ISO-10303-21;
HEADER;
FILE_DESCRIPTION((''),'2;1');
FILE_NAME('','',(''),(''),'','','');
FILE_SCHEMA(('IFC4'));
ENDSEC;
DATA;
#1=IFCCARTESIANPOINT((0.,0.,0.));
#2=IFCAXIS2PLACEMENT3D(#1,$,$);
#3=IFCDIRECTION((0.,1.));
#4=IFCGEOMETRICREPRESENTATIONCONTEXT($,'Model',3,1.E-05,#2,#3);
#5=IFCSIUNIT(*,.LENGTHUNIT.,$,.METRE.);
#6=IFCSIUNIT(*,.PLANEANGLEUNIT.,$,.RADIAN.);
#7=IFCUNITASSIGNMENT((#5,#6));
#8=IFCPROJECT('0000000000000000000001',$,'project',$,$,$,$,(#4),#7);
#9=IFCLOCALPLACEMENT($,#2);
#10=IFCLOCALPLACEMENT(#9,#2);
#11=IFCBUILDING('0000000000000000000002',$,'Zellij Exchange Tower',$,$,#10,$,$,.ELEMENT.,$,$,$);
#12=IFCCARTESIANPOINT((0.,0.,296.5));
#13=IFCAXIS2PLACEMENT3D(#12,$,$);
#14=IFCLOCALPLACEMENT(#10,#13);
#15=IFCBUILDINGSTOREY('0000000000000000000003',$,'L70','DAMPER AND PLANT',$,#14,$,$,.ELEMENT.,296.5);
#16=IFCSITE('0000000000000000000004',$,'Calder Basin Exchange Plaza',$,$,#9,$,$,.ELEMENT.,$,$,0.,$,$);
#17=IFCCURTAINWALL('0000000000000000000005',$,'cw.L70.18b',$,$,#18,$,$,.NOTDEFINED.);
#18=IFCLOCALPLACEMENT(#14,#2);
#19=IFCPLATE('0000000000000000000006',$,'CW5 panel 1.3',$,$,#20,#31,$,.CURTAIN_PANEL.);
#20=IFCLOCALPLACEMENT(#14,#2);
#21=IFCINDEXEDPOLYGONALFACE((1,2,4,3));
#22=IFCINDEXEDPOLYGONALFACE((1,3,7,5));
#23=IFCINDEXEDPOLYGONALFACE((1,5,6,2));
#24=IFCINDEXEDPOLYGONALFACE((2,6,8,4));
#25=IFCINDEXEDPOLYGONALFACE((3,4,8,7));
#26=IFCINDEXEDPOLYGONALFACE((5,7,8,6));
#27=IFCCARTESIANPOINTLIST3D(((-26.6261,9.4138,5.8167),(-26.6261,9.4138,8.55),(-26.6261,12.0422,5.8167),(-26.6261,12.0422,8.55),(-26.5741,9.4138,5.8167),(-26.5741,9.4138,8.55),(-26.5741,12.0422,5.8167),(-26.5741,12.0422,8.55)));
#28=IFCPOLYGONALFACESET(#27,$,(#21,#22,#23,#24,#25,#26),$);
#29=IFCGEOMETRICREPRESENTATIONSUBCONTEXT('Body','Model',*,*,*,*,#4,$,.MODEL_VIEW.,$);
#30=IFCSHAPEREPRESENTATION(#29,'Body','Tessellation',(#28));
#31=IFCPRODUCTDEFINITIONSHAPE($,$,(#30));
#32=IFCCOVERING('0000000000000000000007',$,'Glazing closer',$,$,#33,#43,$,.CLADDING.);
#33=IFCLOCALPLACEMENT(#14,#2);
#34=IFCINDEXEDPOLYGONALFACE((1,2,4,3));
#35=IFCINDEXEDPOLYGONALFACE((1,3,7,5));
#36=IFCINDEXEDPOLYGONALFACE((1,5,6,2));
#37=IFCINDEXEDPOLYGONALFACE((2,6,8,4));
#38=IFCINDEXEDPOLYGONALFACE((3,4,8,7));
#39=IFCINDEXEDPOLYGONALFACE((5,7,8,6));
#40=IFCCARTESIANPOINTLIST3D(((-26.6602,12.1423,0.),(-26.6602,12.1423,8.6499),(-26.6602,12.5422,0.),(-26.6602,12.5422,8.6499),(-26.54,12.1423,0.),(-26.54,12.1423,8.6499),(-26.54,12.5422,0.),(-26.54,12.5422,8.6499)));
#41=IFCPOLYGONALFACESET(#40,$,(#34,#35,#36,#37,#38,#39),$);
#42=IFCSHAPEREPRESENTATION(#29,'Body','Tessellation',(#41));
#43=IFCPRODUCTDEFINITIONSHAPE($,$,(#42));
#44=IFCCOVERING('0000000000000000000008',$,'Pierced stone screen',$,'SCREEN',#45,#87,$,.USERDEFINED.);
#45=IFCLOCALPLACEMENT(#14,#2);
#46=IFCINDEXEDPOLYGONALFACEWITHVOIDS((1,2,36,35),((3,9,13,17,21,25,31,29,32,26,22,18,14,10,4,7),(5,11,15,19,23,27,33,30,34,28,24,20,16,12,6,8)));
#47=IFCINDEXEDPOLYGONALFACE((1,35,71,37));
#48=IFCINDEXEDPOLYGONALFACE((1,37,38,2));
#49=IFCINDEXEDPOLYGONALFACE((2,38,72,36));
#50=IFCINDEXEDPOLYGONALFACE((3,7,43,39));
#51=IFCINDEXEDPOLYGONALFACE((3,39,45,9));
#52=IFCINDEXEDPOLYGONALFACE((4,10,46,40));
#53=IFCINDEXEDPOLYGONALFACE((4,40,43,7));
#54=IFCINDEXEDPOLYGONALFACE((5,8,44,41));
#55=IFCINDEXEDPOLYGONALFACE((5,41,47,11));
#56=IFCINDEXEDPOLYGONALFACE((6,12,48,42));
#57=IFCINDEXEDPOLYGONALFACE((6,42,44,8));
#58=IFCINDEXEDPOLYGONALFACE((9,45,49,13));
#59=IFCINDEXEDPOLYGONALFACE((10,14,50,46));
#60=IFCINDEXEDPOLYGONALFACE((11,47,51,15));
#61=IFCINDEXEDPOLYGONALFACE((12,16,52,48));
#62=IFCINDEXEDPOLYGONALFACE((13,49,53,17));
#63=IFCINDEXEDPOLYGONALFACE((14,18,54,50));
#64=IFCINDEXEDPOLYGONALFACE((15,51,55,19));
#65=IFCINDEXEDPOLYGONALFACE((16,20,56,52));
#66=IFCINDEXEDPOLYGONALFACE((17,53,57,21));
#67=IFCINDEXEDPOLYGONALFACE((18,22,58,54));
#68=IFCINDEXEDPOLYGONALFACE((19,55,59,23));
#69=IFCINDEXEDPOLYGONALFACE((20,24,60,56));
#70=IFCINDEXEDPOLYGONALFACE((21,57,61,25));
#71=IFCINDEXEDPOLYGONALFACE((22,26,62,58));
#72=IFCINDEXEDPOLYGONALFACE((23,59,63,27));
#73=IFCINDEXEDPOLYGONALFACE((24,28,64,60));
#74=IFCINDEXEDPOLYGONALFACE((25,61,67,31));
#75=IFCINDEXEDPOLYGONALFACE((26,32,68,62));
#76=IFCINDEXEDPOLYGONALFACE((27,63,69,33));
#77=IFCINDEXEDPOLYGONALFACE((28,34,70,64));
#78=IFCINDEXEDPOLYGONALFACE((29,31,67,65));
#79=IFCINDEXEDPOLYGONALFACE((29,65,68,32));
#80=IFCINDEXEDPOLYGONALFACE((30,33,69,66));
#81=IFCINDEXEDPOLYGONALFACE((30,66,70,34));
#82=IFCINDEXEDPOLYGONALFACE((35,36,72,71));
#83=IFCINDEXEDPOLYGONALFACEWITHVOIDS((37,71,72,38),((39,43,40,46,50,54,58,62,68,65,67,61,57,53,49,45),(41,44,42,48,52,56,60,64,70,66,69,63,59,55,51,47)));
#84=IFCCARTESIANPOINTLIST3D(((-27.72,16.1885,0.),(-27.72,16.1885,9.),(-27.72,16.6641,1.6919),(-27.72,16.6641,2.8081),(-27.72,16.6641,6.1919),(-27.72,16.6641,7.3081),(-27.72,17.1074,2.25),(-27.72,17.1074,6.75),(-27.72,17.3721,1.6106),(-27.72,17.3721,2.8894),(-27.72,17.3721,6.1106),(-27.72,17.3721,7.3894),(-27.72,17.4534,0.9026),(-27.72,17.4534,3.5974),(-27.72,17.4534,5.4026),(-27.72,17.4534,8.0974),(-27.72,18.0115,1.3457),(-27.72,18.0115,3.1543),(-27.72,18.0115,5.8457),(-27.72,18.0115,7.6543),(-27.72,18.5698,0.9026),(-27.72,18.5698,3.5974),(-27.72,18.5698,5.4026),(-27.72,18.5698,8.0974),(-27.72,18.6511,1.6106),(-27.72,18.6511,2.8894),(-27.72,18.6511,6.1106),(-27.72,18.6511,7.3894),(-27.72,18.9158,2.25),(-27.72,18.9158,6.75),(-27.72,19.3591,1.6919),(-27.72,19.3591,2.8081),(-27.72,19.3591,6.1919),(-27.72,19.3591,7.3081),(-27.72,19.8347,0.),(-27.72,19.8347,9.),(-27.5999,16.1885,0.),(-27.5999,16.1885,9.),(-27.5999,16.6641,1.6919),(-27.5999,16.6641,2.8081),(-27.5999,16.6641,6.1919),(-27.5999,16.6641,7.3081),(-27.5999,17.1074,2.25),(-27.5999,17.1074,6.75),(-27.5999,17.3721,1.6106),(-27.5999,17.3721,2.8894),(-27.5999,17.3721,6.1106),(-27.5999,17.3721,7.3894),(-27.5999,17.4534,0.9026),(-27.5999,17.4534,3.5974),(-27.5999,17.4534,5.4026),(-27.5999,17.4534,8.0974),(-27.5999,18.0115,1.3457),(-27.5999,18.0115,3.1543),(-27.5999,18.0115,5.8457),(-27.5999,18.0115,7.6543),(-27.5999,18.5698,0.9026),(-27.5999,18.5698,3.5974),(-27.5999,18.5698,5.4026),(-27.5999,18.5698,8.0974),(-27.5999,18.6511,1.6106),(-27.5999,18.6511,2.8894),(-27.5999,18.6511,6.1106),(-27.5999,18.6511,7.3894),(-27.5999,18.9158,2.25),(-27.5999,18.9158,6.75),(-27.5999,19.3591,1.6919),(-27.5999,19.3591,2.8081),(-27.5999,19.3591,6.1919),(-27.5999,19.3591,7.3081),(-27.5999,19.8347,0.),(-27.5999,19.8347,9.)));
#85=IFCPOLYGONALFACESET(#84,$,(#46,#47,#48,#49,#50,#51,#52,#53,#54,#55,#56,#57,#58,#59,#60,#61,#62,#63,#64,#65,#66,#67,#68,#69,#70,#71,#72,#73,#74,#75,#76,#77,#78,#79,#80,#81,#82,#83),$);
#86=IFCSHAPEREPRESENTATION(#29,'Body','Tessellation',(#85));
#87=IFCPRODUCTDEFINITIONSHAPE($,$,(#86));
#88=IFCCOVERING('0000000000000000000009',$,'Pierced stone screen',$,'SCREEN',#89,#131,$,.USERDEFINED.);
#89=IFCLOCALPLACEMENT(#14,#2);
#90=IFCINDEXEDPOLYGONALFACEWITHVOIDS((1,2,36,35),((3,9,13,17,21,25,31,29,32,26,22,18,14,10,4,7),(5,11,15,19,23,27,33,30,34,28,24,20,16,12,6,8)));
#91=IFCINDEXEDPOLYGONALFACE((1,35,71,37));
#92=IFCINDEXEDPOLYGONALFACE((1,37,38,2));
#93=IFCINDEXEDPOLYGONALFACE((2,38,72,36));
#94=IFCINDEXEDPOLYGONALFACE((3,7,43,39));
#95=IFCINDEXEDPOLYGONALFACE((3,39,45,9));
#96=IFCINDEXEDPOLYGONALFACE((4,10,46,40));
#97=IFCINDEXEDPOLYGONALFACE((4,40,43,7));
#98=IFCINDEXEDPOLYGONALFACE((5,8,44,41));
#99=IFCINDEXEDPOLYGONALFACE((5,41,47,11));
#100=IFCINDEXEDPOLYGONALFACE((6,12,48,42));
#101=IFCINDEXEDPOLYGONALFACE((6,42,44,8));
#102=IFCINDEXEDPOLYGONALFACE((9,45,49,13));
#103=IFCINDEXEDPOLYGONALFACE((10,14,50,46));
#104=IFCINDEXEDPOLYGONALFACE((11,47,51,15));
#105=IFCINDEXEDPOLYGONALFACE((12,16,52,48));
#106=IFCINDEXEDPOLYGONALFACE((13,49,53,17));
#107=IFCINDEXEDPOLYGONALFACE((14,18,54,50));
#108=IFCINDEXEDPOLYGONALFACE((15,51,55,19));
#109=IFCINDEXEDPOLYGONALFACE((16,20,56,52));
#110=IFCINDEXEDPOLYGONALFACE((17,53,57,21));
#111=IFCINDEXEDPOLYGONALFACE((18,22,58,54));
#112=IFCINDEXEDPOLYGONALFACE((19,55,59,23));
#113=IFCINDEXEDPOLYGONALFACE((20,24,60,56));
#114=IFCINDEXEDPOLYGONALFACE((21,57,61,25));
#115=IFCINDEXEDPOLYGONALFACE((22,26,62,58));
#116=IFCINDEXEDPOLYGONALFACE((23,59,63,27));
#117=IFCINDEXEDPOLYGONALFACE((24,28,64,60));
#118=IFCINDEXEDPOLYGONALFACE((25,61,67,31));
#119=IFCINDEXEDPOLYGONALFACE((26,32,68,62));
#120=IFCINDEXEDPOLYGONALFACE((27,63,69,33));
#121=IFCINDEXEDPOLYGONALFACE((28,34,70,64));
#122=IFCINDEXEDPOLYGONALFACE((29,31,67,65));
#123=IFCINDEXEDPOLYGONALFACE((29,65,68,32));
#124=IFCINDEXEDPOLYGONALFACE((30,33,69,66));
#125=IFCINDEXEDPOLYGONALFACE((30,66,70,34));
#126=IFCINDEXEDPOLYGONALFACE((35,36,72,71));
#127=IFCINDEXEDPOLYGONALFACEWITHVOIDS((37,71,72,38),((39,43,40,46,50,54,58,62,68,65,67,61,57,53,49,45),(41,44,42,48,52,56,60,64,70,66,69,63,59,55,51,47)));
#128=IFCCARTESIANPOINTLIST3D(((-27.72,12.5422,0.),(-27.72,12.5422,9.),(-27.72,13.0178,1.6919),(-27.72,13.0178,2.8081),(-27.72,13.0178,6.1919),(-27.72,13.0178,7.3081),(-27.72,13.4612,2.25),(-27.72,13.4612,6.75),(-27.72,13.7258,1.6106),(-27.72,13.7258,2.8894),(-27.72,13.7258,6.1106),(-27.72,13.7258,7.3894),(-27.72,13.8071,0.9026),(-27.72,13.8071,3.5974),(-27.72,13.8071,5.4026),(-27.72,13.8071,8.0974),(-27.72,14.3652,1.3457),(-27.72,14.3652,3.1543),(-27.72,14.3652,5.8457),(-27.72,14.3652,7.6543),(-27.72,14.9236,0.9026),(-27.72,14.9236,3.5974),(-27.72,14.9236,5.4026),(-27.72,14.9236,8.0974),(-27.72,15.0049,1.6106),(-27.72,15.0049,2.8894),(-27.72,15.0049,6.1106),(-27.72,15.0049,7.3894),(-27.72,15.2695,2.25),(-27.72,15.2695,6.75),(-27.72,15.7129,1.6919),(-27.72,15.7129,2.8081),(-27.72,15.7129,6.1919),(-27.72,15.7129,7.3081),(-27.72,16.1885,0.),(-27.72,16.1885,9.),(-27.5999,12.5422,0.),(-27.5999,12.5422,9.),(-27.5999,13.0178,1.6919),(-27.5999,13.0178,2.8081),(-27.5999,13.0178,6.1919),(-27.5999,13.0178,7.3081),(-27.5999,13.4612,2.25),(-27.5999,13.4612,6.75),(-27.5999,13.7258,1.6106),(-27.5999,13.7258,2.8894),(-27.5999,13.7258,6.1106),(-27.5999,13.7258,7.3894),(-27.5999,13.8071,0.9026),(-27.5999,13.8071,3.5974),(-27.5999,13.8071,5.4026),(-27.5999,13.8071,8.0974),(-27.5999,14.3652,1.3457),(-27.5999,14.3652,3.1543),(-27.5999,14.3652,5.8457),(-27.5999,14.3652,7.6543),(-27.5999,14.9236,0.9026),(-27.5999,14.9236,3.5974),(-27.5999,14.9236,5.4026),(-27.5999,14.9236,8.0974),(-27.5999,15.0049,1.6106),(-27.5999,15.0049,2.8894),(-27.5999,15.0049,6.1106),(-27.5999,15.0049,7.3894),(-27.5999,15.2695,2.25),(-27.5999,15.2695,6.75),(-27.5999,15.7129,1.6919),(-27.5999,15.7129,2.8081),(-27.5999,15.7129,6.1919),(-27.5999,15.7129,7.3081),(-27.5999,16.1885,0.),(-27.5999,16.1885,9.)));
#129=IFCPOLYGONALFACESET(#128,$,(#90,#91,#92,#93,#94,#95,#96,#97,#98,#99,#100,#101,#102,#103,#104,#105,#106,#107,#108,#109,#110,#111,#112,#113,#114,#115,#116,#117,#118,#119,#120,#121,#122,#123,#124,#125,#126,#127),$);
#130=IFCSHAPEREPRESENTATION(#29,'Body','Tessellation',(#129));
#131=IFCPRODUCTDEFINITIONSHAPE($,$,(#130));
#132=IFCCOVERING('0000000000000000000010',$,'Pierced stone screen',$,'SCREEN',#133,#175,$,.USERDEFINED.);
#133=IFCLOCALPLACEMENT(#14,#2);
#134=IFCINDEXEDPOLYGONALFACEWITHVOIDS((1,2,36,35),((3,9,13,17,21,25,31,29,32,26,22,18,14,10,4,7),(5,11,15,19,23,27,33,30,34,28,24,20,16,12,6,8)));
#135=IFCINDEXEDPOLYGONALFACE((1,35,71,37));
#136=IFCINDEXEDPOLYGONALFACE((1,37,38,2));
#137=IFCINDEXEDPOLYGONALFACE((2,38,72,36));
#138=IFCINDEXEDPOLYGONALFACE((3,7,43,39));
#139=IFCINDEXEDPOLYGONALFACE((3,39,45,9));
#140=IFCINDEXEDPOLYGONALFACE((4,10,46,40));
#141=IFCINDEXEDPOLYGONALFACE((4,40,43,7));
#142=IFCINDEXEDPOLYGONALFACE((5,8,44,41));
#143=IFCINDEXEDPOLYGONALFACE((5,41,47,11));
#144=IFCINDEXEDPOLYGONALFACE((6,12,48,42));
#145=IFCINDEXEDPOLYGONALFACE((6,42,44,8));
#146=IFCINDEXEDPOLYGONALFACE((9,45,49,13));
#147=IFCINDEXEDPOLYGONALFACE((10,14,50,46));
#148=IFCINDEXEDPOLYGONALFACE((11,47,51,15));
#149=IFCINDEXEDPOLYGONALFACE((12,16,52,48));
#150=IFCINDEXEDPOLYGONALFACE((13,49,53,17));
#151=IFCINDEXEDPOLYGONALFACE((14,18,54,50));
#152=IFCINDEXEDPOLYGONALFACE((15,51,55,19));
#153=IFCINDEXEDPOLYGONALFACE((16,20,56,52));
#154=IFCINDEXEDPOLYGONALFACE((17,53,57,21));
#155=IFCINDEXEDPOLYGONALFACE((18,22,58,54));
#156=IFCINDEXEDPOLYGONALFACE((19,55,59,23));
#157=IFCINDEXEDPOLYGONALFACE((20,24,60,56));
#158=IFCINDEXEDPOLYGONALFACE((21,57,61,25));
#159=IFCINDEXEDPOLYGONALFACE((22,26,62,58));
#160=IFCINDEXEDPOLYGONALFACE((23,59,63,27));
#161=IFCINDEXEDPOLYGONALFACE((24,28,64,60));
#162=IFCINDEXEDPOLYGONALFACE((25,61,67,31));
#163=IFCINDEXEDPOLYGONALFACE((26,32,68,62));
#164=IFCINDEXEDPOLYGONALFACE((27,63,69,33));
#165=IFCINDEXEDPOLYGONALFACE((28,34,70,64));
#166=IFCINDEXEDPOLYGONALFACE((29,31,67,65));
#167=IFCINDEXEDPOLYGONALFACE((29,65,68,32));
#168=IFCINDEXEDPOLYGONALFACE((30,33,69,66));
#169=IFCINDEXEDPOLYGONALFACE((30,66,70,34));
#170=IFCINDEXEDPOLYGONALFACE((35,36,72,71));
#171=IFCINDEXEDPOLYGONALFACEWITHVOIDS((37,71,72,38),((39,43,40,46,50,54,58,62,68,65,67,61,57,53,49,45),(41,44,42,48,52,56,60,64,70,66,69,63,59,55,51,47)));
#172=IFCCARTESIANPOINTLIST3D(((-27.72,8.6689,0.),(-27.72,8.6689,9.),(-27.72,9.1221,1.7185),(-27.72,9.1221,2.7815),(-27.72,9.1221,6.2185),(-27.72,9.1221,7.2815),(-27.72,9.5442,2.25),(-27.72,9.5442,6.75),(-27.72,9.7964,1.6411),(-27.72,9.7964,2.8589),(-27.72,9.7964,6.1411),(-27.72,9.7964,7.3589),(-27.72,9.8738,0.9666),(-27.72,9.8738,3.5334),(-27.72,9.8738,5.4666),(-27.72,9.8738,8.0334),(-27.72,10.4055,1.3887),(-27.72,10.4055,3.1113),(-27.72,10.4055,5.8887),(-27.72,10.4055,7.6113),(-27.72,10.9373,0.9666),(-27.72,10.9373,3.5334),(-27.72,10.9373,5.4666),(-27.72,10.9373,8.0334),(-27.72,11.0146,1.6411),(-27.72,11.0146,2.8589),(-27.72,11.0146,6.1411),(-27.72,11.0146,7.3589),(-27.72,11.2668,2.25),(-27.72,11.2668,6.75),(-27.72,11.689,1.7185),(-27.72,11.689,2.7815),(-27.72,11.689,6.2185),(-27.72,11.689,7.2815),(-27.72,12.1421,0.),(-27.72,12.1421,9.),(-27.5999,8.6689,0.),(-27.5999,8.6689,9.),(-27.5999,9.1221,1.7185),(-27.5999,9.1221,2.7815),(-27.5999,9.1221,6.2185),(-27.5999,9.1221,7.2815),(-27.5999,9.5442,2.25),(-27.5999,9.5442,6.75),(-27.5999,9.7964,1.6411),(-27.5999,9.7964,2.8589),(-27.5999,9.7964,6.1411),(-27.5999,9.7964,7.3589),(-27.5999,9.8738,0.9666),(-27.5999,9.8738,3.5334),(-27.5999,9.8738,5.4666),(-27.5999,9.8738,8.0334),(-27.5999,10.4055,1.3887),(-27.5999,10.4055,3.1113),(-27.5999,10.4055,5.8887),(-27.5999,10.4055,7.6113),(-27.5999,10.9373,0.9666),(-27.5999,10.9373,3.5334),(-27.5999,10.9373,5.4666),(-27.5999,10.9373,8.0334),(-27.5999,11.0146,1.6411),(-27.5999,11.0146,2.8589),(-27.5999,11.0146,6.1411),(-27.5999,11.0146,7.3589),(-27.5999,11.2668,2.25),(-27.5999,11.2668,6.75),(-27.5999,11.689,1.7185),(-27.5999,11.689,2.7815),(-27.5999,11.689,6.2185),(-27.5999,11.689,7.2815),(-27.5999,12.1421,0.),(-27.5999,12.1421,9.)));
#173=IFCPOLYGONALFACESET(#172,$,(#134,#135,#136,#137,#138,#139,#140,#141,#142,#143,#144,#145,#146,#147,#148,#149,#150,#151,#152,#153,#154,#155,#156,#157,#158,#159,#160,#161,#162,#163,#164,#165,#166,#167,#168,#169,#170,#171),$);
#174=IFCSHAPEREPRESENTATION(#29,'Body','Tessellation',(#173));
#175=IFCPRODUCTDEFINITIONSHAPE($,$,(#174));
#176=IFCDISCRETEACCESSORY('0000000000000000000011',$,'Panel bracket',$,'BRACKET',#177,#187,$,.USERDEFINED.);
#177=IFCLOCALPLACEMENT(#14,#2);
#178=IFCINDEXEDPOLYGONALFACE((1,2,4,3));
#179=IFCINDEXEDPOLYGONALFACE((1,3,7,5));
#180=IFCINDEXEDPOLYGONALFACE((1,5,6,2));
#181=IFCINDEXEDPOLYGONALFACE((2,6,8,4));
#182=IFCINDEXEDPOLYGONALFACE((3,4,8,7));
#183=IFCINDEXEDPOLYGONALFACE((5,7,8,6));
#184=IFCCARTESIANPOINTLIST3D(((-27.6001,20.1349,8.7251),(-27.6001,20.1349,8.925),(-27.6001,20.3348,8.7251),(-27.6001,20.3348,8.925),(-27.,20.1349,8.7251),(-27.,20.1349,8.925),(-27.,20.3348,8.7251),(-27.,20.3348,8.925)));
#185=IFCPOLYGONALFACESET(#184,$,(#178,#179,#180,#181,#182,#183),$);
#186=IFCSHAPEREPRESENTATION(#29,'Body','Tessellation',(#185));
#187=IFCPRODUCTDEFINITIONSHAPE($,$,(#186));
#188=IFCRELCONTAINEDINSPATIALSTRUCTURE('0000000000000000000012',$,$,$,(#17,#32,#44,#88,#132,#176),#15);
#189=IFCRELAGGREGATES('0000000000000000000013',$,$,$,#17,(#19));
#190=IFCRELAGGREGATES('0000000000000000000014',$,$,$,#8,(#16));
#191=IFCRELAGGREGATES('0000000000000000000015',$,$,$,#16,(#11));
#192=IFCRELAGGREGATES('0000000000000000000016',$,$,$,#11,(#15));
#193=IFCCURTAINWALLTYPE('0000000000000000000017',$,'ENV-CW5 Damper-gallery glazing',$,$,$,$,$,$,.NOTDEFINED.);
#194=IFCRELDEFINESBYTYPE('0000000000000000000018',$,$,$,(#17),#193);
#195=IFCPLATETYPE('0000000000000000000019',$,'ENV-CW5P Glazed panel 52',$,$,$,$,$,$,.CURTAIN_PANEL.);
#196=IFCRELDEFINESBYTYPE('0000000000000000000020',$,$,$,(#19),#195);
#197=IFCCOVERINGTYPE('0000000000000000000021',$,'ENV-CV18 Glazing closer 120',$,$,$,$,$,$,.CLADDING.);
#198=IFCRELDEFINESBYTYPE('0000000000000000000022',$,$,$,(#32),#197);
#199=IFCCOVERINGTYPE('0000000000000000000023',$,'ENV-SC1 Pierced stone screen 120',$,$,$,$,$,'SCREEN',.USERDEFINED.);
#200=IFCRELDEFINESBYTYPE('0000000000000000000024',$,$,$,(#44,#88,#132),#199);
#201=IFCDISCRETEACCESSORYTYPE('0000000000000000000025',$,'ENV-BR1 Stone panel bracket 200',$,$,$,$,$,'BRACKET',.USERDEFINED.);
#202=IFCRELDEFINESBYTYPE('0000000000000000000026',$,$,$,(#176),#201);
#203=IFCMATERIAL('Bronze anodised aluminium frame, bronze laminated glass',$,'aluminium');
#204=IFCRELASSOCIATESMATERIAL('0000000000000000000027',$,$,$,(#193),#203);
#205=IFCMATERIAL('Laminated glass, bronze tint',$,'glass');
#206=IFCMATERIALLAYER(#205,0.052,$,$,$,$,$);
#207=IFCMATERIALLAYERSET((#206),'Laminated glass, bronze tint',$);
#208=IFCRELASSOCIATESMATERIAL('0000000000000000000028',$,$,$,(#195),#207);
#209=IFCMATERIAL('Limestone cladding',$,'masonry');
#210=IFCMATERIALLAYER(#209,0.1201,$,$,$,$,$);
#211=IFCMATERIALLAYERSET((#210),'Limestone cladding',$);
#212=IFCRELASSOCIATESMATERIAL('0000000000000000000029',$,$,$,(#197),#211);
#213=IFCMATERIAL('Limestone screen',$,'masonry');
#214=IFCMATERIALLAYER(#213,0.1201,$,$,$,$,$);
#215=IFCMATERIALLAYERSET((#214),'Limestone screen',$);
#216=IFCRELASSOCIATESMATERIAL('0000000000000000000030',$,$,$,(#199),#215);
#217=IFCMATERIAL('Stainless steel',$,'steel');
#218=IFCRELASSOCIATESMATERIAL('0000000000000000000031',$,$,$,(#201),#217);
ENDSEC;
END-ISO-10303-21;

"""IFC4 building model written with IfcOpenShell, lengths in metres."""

from ifc_helpers import new_model, si_unit, direction, frame, origin, origin_2d, place, context, subcontext, project, spatial, polyline, rectangle, outline, extrude, material, layer, layer_set, type_object, element, aggregate, save


model = new_model("IFC4")

# Units and contexts
model_context = context("Model", 3, precision=1e-05, world=origin(), true_north=direction((0.0, 1.0)))
body_context = subcontext(model_context, "Body", "Model", "MODEL_VIEW")
ifc_project = project(units=[si_unit("LENGTHUNIT", "METRE"), si_unit("PLANEANGLEUNIT", "RADIAN")], contexts=[model_context])

# Site, building, storey
site_placement = place(None, origin())
site = spatial("IfcSite", under=ifc_project, at=site_placement, Name="Calder Basin Exchange Plaza", CompositionType="ELEMENT", RefElevation=0.0)
building_placement = place(site_placement, origin())
building = spatial("IfcBuilding", under=site, at=building_placement, Name="Zellij Exchange Tower", CompositionType="ELEMENT")
storey_placement = place(building_placement, frame((0.0, 0.0, 296.5)))
storey = spatial("IfcBuildingStorey", under=building, at=storey_placement, Name="L70", Description="DAMPER AND PLANT", CompositionType="ELEMENT", Elevation=296.5)

# Shared definitions
ifc_material_1 = material(Name="Bronze anodised aluminium frame, bronze laminated glass", Category="aluminium")
curtain_wall_type = type_object("IfcCurtainWallType", Name="ENV-CW5 Damper-gallery glazing", PredefinedType="NOTDEFINED", material=ifc_material_1)

# Curtain wall
curtain_wall_1_placement = place(storey_placement, origin())
curtain_wall_1 = element("IfcCurtainWall", 1, at=curtain_wall_1_placement, inside=storey, type_object=curtain_wall_type, Name="cw.L70.18b", PredefinedType="NOTDEFINED")

# Plate
ifc_material_2 = material(Name="Laminated glass, bronze tint", Category="glass")
ifc_layer_1 = layer(ifc_material_2, 0.052)
ifc_layer_set_1 = layer_set([ifc_layer_1], Name="Laminated glass, bronze tint")
plate_type = type_object("IfcPlateType", Name="ENV-CW5P Glazed panel 52", PredefinedType="CURTAIN_PANEL", material=ifc_layer_set_1)
plate_1_placement = place(storey_placement, frame((-26.6001, 10.728, 5.8167), z_axis=(0.0, 0.0, 1.0), x_axis=(0.0, -1.0, 0.0)))
plate_1 = element("IfcPlate", 2, at=plate_1_placement, type_object=plate_type, Name="CW5 panel 1.3", PredefinedType="CURTAIN_PANEL", context=body_context, shape_type="SweptSolid", body=[
    extrude(rectangle(XDim=2.6284, YDim=0.052, at=origin_2d()), origin(), (0.0, 0.0, 1.0), 2.7334),
])
aggregate(curtain_wall_1, [plate_1])

# Coverings
ifc_material_3 = material(Name="Limestone cladding", Category="masonry")
ifc_layer_2 = layer(ifc_material_3, 0.1201)
ifc_layer_set_2 = layer_set([ifc_layer_2], Name="Limestone cladding")
covering_type_1 = type_object("IfcCoveringType", Name="ENV-CV18 Glazing closer 120", PredefinedType="CLADDING", material=ifc_layer_set_2)
covering_1_placement = place(storey_placement, frame((-26.6001, 12.3423, 0.0), z_axis=(0.0, 0.0, 1.0), x_axis=(0.0, -1.0, 0.0)))
element("IfcCovering", 3, at=covering_1_placement, inside=storey, type_object=covering_type_1, Name="Glazing closer", PredefinedType="CLADDING", context=body_context, shape_type="SweptSolid", body=[
    extrude(rectangle(XDim=0.3999, YDim=0.1201, at=origin_2d()), origin(), (0.0, 0.0, 1.0), 8.6499),
])
ifc_material_4 = material(Name="Limestone screen", Category="masonry")
ifc_layer_3 = layer(ifc_material_4, 0.1201)
ifc_layer_set_3 = layer_set([ifc_layer_3], Name="Limestone screen")
covering_type_2 = type_object("IfcCoveringType", Name="ENV-SC1 Pierced stone screen 120", ElementType="SCREEN", PredefinedType="USERDEFINED", material=ifc_layer_set_3)
for number, where, z_axis, x_axis, name in (
    (4, (-27.6599, 19.8347, 0.0), (0.0, 0.0, 1.0), (0.0, -1.0, 0.0), "Pierced stone screen"),
    (5, (-27.6599, 16.1885, 0.0), (0.0, 0.0, 1.0), (0.0, -1.0, 0.0), "Pierced stone screen"),
):
    element("IfcCovering", number, at=place(storey_placement, frame(where, z_axis=z_axis, x_axis=x_axis)), inside=storey, type_object=covering_type_2, Name=name, ObjectType="SCREEN", PredefinedType="USERDEFINED", context=body_context, shape_type="SweptSolid", body=[
        extrude(outline(polyline([(0.0, 0.0), (3.6462, 0.0), (3.6462, 9.0), (0.0, 9.0), (0.0, 0.0)]), holes=[polyline([(3.1707, 2.8081), (2.4626, 2.8894), (2.3813, 3.5974), (1.8232, 3.1543), (1.2649, 3.5974), (1.1836, 2.8894), (0.4756, 2.8081), (0.9189, 2.25), (0.4756, 1.6919), (1.1836, 1.6106), (1.2649, 0.9026), (1.8232, 1.3457), (2.3813, 0.9026), (2.4626, 1.6106), (3.1707, 1.6919), (2.7273, 2.25), (3.1707, 2.8081)]), polyline([(3.1707, 7.3081), (2.4626, 7.3894), (2.3813, 8.0974), (1.8232, 7.6543), (1.2649, 8.0974), (1.1836, 7.3894), (0.4756, 7.3081), (0.9189, 6.75), (0.4756, 6.1919), (1.1836, 6.1106), (1.2649, 5.4026), (1.8232, 5.8457), (2.3813, 5.4026), (2.4626, 6.1106), (3.1707, 6.1919), (2.7273, 6.75), (3.1707, 7.3081)])]), frame((0.0, 0.0601, 0.0), z_axis=(0.0, -1.0, 0.0), x_axis=(1.0, 0.0, 0.0)), (0.0, 0.0, 1.0), 0.1201),
    ])
covering_2_placement = place(storey_placement, frame((-27.6599, 12.1421, 0.0), z_axis=(0.0, 0.0, 1.0), x_axis=(0.0, -1.0, 0.0)))
element("IfcCovering", 6, at=covering_2_placement, inside=storey, type_object=covering_type_2, Name="Pierced stone screen", ObjectType="SCREEN", PredefinedType="USERDEFINED", context=body_context, shape_type="SweptSolid", body=[
    extrude(outline(polyline([(0.0, 0.0), (3.4731, 0.0), (3.4731, 9.0), (0.0, 9.0), (0.0, 0.0)]), holes=[polyline([(3.02, 2.7815), (2.3457, 2.8589), (2.2683, 3.5334), (1.7366, 3.1113), (1.2048, 3.5334), (1.1274, 2.8589), (0.4531, 2.7815), (0.8752, 2.25), (0.4531, 1.7185), (1.1274, 1.6411), (1.2048, 0.9666), (1.7366, 1.3887), (2.2683, 0.9666), (2.3457, 1.6411), (3.02, 1.7185), (2.5979, 2.25), (3.02, 2.7815)]), polyline([(3.02, 7.2815), (2.3457, 7.3589), (2.2683, 8.0334), (1.7366, 7.6113), (1.2048, 8.0334), (1.1274, 7.3589), (0.4531, 7.2815), (0.8752, 6.75), (0.4531, 6.2185), (1.1274, 6.1411), (1.2048, 5.4666), (1.7366, 5.8887), (2.2683, 5.4666), (2.3457, 6.1411), (3.02, 6.2185), (2.5979, 6.75), (3.02, 7.2815)])]), frame((0.0, 0.0601, 0.0), z_axis=(0.0, -1.0, 0.0), x_axis=(1.0, 0.0, 0.0)), (0.0, 0.0, 1.0), 0.1201),
])

# Discrete accessory
ifc_material_5 = material(Name="Stainless steel", Category="steel")
discrete_accessory_type = type_object("IfcDiscreteAccessoryType", Name="ENV-BR1 Stone panel bracket 200", ElementType="BRACKET", PredefinedType="USERDEFINED", material=ifc_material_5)
for number, where, z_axis, x_axis, name in (
    (7, (-27.3, 20.2349, 8.7251), (0.0, 0.0, 1.0), (0.0, -1.0, 0.0), "Panel bracket"),
):
    element("IfcDiscreteAccessory", number, at=place(storey_placement, frame(where, z_axis=z_axis, x_axis=x_axis)), inside=storey, type_object=discrete_accessory_type, Name=name, ObjectType="BRACKET", PredefinedType="USERDEFINED", context=body_context, shape_type="SweptSolid", body=[
        extrude(rectangle(XDim=0.2, YDim=0.6001, at=origin_2d()), origin(), (0.0, 0.0, 1.0), 0.2),
    ])

save(model, "model.ifc")
